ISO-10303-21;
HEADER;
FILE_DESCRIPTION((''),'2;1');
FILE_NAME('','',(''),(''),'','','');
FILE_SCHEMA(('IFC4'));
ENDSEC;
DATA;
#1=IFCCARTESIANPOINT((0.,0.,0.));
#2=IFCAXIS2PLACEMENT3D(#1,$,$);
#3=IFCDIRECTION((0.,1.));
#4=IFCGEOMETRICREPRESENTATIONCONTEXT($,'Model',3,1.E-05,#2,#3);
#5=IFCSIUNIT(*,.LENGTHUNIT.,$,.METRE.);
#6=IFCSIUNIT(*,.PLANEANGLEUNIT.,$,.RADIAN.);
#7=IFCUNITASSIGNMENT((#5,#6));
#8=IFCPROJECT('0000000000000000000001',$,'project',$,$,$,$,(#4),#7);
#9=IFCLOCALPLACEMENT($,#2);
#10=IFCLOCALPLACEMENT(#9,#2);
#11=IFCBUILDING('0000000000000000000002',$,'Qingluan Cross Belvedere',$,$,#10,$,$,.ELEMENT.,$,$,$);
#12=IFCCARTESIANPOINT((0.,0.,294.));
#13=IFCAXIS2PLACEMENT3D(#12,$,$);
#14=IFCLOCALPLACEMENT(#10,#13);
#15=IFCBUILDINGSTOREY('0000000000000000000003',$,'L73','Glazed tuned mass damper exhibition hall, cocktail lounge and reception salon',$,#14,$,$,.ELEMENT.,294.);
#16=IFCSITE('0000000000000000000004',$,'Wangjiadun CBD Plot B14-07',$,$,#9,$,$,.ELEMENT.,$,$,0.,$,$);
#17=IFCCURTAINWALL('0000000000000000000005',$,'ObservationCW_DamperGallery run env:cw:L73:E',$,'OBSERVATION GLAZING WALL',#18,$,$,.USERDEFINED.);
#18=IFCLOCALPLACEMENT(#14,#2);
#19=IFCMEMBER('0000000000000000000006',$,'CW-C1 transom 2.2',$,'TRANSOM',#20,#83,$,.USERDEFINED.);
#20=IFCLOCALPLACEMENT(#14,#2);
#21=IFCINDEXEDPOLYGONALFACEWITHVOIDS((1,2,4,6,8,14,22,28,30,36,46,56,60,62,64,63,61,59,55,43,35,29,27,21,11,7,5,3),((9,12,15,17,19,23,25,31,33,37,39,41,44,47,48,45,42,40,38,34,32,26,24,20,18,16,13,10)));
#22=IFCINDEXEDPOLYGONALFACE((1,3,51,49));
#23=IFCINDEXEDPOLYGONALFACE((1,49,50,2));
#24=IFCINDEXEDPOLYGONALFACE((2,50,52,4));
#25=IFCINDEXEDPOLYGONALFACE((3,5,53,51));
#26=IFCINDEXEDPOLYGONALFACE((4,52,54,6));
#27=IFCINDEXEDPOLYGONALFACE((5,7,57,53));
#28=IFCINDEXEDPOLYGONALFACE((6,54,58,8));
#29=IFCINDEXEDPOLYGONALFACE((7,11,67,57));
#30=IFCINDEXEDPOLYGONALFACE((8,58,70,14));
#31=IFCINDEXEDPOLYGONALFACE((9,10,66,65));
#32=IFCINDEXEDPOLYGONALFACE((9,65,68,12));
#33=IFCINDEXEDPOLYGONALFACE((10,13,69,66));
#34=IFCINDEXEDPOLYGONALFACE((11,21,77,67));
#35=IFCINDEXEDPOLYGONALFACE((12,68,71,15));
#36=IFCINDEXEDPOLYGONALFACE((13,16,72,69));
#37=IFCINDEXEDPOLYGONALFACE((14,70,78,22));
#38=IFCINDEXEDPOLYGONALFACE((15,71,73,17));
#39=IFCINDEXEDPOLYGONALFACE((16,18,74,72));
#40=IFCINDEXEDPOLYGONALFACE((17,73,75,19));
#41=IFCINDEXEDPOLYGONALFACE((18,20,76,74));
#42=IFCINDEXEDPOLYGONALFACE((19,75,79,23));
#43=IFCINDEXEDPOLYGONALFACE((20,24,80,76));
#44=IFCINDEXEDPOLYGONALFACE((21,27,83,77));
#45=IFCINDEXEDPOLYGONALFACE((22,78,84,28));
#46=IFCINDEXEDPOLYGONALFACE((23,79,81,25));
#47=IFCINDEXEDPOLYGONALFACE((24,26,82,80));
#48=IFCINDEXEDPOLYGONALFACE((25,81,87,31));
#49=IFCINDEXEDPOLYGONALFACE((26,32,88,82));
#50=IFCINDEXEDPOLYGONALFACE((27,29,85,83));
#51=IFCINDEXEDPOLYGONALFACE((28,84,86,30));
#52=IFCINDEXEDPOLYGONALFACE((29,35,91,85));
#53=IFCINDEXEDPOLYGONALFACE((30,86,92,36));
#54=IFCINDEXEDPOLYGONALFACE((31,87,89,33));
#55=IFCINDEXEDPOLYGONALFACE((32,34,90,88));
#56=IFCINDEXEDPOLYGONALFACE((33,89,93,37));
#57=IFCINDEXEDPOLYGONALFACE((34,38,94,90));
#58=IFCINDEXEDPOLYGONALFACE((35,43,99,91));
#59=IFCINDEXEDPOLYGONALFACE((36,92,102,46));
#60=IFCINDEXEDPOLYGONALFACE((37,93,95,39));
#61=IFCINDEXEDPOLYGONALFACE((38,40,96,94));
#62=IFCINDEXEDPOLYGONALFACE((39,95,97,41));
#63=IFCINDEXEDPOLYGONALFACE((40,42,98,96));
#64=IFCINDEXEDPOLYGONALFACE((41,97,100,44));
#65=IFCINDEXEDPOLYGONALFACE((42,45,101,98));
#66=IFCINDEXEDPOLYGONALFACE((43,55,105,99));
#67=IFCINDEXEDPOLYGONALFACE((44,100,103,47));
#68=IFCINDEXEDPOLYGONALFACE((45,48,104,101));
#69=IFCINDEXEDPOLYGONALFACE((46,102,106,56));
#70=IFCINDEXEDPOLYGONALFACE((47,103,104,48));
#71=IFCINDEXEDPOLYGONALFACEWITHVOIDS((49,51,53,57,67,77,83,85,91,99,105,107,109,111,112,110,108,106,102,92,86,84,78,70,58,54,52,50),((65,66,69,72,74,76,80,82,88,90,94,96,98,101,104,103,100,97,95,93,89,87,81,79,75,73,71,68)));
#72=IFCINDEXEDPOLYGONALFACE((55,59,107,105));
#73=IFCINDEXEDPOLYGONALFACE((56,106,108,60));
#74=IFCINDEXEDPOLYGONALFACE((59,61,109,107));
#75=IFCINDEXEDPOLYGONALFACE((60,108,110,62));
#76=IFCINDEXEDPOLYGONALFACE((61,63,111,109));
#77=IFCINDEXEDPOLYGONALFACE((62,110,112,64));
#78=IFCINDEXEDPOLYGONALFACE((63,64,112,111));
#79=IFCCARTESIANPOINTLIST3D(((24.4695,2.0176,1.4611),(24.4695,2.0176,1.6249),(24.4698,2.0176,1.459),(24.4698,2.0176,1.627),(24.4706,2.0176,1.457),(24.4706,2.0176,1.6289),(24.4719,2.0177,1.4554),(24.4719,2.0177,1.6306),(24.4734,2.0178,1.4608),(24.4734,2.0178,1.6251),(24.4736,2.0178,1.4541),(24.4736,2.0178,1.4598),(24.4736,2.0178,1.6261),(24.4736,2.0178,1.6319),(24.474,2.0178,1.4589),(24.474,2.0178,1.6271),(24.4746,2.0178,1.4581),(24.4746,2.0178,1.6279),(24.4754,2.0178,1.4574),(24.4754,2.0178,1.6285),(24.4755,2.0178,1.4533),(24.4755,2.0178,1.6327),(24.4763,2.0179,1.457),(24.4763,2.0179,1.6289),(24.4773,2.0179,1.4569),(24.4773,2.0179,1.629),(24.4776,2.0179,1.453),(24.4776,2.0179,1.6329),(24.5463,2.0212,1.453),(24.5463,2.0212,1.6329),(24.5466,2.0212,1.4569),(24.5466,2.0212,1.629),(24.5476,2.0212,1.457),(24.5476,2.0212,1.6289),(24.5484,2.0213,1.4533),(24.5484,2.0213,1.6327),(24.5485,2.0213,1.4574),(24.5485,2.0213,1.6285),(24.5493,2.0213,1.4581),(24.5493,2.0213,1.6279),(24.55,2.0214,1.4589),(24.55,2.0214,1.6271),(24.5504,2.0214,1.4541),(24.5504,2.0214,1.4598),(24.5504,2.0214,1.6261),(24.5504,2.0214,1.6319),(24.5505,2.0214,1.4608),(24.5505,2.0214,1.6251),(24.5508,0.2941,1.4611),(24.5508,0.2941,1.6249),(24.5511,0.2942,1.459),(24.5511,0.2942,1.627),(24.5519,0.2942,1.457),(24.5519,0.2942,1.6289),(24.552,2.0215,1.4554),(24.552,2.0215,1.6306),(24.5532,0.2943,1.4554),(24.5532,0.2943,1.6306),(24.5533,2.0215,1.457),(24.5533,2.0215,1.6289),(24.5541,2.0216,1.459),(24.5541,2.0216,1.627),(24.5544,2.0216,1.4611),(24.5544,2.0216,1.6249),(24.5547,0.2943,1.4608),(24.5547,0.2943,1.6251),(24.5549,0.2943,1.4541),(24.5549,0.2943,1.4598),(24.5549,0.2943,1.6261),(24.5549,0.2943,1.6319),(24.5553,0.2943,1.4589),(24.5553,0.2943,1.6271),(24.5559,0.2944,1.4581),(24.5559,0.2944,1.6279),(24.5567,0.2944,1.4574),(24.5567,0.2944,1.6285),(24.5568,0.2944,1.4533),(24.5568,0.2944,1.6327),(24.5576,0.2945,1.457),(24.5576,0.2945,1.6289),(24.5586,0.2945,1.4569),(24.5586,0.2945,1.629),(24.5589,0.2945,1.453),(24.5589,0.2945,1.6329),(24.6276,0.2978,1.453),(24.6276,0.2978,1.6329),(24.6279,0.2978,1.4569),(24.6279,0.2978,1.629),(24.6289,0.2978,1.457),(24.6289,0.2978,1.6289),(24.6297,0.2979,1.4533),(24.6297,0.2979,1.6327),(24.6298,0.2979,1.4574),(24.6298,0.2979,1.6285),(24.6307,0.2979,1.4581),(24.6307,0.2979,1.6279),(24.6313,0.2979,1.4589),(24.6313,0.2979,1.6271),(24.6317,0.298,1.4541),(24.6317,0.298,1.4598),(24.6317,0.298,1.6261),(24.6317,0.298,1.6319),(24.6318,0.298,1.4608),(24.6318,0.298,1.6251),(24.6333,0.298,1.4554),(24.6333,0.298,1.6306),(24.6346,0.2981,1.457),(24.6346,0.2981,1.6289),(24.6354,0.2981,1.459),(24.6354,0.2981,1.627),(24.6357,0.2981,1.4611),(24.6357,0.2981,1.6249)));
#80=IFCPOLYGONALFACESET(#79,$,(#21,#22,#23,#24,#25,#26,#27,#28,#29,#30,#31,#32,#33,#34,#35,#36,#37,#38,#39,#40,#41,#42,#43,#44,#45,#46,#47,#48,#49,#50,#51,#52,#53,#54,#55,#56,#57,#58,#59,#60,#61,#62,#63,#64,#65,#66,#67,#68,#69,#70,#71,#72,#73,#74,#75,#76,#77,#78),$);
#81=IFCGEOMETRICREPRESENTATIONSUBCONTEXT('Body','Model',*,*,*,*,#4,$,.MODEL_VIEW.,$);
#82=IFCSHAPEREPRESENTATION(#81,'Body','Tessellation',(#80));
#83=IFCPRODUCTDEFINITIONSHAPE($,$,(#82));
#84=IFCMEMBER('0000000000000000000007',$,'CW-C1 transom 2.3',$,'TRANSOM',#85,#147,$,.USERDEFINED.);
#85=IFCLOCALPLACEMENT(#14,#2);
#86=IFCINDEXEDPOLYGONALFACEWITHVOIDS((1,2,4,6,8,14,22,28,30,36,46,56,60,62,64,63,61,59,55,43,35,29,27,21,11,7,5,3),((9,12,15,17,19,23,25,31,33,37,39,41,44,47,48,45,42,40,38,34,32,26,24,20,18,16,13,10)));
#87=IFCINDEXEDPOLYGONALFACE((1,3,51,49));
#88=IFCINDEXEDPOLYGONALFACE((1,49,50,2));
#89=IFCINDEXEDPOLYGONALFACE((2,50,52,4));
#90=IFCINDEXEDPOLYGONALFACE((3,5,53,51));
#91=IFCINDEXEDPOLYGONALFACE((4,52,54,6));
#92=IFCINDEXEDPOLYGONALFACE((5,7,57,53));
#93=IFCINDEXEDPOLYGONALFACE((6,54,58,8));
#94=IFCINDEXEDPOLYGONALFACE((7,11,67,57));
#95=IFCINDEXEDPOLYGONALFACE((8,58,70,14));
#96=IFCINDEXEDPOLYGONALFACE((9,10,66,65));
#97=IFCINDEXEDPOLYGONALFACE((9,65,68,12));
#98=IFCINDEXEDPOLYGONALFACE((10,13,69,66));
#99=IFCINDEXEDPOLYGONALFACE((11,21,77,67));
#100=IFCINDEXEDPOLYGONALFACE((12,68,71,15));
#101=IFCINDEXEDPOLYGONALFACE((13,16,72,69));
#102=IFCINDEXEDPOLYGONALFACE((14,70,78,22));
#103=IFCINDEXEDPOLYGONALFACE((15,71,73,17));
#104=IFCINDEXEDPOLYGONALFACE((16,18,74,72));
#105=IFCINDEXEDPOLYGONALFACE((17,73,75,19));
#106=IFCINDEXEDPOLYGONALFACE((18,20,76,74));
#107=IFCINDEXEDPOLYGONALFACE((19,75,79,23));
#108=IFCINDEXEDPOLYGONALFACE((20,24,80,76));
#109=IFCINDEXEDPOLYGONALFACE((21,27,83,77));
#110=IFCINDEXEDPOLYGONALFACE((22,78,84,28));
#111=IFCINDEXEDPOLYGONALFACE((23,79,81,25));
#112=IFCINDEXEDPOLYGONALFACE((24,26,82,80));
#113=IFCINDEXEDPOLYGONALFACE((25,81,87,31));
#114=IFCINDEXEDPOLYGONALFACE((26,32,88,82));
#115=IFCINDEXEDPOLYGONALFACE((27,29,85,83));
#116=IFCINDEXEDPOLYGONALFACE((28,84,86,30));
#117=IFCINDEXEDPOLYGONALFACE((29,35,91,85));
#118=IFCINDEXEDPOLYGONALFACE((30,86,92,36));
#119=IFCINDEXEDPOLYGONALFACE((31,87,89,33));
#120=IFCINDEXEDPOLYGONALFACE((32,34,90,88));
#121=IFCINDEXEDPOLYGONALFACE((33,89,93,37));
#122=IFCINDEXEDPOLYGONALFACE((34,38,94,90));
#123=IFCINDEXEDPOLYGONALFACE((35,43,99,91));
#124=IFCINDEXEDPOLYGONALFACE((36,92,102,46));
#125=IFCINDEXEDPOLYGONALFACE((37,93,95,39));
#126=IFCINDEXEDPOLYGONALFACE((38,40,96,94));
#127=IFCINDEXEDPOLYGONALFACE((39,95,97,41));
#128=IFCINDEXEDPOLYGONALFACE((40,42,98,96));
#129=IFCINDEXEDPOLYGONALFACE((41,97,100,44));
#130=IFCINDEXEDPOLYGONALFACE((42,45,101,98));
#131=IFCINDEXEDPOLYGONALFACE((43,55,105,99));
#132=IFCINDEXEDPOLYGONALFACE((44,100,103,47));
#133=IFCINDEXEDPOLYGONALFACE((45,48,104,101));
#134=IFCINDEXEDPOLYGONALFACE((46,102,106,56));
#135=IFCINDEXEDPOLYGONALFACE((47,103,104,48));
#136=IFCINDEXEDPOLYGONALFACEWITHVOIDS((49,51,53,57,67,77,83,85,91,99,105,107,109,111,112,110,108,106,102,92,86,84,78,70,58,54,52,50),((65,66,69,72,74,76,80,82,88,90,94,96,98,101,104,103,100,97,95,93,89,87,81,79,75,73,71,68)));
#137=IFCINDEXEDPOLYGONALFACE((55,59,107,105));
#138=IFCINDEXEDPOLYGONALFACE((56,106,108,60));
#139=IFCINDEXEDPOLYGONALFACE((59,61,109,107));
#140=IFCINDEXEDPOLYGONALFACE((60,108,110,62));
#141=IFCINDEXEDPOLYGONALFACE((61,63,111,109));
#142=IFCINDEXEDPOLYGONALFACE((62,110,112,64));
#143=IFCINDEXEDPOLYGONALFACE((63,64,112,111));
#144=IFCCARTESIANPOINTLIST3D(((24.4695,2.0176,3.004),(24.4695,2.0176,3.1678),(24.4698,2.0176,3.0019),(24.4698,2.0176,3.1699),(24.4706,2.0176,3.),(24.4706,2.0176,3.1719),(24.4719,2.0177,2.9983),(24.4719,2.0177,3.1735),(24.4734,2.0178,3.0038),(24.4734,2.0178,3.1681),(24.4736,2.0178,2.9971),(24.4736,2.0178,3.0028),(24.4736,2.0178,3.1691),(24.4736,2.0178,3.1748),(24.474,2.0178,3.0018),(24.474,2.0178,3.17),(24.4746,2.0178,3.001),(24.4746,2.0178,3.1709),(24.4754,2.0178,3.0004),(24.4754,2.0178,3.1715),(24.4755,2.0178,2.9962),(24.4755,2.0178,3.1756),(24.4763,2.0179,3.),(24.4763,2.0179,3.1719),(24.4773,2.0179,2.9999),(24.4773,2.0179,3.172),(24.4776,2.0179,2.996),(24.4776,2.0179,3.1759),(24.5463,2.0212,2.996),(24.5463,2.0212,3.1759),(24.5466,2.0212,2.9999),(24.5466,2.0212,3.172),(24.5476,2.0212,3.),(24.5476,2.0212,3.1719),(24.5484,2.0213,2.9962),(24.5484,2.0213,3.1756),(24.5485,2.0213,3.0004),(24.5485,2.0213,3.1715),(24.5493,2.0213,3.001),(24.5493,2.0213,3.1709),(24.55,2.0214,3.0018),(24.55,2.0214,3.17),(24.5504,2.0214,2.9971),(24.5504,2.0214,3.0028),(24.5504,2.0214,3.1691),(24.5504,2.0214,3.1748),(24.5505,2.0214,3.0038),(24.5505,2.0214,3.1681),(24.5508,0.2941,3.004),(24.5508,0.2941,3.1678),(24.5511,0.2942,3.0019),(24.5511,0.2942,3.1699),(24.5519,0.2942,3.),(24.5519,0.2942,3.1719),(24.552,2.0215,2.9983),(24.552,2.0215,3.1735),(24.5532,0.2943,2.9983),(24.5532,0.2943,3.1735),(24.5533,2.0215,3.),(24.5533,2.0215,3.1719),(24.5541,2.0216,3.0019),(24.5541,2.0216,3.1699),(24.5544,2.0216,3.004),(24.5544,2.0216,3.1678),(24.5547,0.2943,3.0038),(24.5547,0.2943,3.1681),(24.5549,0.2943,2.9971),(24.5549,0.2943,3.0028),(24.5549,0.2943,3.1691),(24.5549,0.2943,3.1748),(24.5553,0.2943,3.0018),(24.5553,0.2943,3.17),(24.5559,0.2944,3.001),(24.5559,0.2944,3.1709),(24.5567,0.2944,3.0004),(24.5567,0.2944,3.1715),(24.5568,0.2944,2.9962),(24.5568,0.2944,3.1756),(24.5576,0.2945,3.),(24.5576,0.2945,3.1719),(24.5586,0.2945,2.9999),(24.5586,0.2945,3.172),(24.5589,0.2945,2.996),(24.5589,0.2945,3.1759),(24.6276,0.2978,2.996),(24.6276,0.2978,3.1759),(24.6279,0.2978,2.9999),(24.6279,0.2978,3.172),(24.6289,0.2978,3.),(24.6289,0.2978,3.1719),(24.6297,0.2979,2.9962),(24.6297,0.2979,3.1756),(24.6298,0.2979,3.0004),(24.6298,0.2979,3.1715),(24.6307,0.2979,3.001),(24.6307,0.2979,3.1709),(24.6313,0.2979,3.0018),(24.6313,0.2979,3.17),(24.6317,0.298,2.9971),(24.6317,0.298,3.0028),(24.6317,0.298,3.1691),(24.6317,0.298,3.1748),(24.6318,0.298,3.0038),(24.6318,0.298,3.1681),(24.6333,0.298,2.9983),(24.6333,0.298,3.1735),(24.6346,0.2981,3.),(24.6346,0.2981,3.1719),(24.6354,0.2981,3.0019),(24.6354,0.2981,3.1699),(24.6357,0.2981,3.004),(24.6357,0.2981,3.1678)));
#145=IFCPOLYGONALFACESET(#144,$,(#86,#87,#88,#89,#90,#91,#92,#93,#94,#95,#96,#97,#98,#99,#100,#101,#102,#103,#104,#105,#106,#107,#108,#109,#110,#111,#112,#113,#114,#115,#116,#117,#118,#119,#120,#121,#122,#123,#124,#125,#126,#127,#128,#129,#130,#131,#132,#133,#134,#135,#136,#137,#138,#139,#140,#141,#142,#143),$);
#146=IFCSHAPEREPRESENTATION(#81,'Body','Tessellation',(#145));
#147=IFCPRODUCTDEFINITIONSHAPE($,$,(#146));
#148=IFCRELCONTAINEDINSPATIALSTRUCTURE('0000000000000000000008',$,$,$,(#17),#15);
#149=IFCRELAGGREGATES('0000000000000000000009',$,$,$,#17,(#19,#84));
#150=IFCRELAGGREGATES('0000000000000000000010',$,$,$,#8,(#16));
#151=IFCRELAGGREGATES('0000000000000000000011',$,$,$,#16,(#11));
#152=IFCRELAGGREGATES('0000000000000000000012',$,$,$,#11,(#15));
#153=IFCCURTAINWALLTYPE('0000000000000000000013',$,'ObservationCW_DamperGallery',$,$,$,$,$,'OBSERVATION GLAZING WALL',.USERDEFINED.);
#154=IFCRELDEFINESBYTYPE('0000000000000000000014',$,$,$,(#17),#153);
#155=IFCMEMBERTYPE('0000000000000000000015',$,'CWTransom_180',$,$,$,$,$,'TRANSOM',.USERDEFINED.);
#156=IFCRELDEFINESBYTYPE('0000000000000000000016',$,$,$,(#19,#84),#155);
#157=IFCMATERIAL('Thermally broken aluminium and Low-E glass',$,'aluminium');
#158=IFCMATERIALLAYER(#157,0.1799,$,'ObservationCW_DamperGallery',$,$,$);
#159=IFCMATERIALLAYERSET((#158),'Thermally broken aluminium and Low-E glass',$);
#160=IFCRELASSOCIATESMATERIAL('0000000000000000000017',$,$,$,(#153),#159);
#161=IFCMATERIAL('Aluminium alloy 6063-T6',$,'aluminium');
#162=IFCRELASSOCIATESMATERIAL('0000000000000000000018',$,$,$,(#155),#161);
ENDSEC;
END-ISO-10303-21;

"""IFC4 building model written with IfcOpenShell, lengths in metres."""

from ifc_helpers import new_model, si_unit, direction, frame, origin, origin_2d, place, context, subcontext, project, spatial, hollow_rectangle, extrude, material, layer, layer_set, material_profile, profile_set, type_object, element, aggregate, save


model = new_model("IFC4")

# Units and contexts
model_context = context("Model", 3, precision=1e-05, world=origin(), true_north=direction((0.0, 1.0)))
body_context = subcontext(model_context, "Body", "Model", "MODEL_VIEW")
ifc_project = project(units=[si_unit("LENGTHUNIT", "METRE"), si_unit("PLANEANGLEUNIT", "RADIAN")], contexts=[model_context])

# Site, building, storey
site_placement = place(None, origin())
site = spatial("IfcSite", under=ifc_project, at=site_placement, Name="Wangjiadun CBD Plot B14-07", CompositionType="ELEMENT", RefElevation=0.0)
building_placement = place(site_placement, origin())
building = spatial("IfcBuilding", under=site, at=building_placement, Name="Qingluan Cross Belvedere", CompositionType="ELEMENT")
storey_placement = place(building_placement, frame((0.0, 0.0, 294.0)))
storey = spatial("IfcBuildingStorey", under=building, at=storey_placement, Name="L73", Description="Glazed tuned mass damper exhibition hall, cocktail lounge and reception salon", CompositionType="ELEMENT", Elevation=294.0)

# Curtain wall, members
ifc_material_1 = material(Name="Thermally broken aluminium and Low-E glass", Category="aluminium")
ifc_layer_1 = layer(ifc_material_1, 0.1799, Name="ObservationCW_DamperGallery")
ifc_layer_set_1 = layer_set([ifc_layer_1], Name="Thermally broken aluminium and Low-E glass")
curtain_wall_type = type_object("IfcCurtainWallType", Name="ObservationCW_DamperGallery", ElementType="OBSERVATION GLAZING WALL", PredefinedType="USERDEFINED", material=ifc_layer_set_1)
curtain_wall_placement = place(storey_placement, origin())
curtain_wall = element("IfcCurtainWall", 1, at=curtain_wall_placement, inside=storey, type_object=curtain_wall_type, Name="ObservationCW_DamperGallery run env:cw:L73:E", ObjectType="OBSERVATION GLAZING WALL", PredefinedType="USERDEFINED")
ifc_material_2 = material(Name="Aluminium alloy 6063-T6", Category="aluminium")
ifc_material_profile_1 = material_profile(ifc_material_2, hollow_rectangle(XDim=0.085, YDim=0.1799, WallThickness=0.0039, InnerFilletRadius=0.0039, OuterFilletRadius=0.0081, at=origin_2d()), Name="CWT180x85x4")
ifc_profile_set_1 = profile_set([ifc_material_profile_1], Name="Aluminium alloy 6063-T6")
member_type_1 = type_object("IfcMemberType", Name="CWTransom_180", ElementType="TRANSOM", PredefinedType="USERDEFINED", material=ifc_profile_set_1)
member_1_placement = place(storey_placement, frame((24.5933, 0.2961, 1.543), z_axis=(-0.047121, 0.998889, 0.0), x_axis=(-0.998889, -0.047121, 0.0)))
member_1 = element("IfcMember", 2, at=member_1_placement, type_object=member_type_1, Name="CW-C1 transom 2.2", ObjectType="TRANSOM", PredefinedType="USERDEFINED", context=body_context, shape_type="SweptSolid", body=[
    extrude(hollow_rectangle(XDim=0.085, YDim=0.1799, WallThickness=0.0039, InnerFilletRadius=0.0039, OuterFilletRadius=0.0081, at=origin_2d()), origin(), (0.0, 0.0, 1.0), 1.7253),
])
member_2_placement = place(storey_placement, frame((24.5933, 0.2961, 3.0859), z_axis=(-0.047121, 0.998889, 0.0), x_axis=(-0.998889, -0.047121, 0.0)))
member_2 = element("IfcMember", 3, at=member_2_placement, type_object=member_type_1, Name="CW-C1 transom 2.3", ObjectType="TRANSOM", PredefinedType="USERDEFINED", context=body_context, shape_type="SweptSolid", body=[
    extrude(hollow_rectangle(XDim=0.085, YDim=0.1799, WallThickness=0.0039, InnerFilletRadius=0.0039, OuterFilletRadius=0.0081, at=origin_2d()), origin(), (0.0, 0.0, 1.0), 1.7253),
])
aggregate(curtain_wall, [member_1, member_2])

save(model, "model.ifc")
